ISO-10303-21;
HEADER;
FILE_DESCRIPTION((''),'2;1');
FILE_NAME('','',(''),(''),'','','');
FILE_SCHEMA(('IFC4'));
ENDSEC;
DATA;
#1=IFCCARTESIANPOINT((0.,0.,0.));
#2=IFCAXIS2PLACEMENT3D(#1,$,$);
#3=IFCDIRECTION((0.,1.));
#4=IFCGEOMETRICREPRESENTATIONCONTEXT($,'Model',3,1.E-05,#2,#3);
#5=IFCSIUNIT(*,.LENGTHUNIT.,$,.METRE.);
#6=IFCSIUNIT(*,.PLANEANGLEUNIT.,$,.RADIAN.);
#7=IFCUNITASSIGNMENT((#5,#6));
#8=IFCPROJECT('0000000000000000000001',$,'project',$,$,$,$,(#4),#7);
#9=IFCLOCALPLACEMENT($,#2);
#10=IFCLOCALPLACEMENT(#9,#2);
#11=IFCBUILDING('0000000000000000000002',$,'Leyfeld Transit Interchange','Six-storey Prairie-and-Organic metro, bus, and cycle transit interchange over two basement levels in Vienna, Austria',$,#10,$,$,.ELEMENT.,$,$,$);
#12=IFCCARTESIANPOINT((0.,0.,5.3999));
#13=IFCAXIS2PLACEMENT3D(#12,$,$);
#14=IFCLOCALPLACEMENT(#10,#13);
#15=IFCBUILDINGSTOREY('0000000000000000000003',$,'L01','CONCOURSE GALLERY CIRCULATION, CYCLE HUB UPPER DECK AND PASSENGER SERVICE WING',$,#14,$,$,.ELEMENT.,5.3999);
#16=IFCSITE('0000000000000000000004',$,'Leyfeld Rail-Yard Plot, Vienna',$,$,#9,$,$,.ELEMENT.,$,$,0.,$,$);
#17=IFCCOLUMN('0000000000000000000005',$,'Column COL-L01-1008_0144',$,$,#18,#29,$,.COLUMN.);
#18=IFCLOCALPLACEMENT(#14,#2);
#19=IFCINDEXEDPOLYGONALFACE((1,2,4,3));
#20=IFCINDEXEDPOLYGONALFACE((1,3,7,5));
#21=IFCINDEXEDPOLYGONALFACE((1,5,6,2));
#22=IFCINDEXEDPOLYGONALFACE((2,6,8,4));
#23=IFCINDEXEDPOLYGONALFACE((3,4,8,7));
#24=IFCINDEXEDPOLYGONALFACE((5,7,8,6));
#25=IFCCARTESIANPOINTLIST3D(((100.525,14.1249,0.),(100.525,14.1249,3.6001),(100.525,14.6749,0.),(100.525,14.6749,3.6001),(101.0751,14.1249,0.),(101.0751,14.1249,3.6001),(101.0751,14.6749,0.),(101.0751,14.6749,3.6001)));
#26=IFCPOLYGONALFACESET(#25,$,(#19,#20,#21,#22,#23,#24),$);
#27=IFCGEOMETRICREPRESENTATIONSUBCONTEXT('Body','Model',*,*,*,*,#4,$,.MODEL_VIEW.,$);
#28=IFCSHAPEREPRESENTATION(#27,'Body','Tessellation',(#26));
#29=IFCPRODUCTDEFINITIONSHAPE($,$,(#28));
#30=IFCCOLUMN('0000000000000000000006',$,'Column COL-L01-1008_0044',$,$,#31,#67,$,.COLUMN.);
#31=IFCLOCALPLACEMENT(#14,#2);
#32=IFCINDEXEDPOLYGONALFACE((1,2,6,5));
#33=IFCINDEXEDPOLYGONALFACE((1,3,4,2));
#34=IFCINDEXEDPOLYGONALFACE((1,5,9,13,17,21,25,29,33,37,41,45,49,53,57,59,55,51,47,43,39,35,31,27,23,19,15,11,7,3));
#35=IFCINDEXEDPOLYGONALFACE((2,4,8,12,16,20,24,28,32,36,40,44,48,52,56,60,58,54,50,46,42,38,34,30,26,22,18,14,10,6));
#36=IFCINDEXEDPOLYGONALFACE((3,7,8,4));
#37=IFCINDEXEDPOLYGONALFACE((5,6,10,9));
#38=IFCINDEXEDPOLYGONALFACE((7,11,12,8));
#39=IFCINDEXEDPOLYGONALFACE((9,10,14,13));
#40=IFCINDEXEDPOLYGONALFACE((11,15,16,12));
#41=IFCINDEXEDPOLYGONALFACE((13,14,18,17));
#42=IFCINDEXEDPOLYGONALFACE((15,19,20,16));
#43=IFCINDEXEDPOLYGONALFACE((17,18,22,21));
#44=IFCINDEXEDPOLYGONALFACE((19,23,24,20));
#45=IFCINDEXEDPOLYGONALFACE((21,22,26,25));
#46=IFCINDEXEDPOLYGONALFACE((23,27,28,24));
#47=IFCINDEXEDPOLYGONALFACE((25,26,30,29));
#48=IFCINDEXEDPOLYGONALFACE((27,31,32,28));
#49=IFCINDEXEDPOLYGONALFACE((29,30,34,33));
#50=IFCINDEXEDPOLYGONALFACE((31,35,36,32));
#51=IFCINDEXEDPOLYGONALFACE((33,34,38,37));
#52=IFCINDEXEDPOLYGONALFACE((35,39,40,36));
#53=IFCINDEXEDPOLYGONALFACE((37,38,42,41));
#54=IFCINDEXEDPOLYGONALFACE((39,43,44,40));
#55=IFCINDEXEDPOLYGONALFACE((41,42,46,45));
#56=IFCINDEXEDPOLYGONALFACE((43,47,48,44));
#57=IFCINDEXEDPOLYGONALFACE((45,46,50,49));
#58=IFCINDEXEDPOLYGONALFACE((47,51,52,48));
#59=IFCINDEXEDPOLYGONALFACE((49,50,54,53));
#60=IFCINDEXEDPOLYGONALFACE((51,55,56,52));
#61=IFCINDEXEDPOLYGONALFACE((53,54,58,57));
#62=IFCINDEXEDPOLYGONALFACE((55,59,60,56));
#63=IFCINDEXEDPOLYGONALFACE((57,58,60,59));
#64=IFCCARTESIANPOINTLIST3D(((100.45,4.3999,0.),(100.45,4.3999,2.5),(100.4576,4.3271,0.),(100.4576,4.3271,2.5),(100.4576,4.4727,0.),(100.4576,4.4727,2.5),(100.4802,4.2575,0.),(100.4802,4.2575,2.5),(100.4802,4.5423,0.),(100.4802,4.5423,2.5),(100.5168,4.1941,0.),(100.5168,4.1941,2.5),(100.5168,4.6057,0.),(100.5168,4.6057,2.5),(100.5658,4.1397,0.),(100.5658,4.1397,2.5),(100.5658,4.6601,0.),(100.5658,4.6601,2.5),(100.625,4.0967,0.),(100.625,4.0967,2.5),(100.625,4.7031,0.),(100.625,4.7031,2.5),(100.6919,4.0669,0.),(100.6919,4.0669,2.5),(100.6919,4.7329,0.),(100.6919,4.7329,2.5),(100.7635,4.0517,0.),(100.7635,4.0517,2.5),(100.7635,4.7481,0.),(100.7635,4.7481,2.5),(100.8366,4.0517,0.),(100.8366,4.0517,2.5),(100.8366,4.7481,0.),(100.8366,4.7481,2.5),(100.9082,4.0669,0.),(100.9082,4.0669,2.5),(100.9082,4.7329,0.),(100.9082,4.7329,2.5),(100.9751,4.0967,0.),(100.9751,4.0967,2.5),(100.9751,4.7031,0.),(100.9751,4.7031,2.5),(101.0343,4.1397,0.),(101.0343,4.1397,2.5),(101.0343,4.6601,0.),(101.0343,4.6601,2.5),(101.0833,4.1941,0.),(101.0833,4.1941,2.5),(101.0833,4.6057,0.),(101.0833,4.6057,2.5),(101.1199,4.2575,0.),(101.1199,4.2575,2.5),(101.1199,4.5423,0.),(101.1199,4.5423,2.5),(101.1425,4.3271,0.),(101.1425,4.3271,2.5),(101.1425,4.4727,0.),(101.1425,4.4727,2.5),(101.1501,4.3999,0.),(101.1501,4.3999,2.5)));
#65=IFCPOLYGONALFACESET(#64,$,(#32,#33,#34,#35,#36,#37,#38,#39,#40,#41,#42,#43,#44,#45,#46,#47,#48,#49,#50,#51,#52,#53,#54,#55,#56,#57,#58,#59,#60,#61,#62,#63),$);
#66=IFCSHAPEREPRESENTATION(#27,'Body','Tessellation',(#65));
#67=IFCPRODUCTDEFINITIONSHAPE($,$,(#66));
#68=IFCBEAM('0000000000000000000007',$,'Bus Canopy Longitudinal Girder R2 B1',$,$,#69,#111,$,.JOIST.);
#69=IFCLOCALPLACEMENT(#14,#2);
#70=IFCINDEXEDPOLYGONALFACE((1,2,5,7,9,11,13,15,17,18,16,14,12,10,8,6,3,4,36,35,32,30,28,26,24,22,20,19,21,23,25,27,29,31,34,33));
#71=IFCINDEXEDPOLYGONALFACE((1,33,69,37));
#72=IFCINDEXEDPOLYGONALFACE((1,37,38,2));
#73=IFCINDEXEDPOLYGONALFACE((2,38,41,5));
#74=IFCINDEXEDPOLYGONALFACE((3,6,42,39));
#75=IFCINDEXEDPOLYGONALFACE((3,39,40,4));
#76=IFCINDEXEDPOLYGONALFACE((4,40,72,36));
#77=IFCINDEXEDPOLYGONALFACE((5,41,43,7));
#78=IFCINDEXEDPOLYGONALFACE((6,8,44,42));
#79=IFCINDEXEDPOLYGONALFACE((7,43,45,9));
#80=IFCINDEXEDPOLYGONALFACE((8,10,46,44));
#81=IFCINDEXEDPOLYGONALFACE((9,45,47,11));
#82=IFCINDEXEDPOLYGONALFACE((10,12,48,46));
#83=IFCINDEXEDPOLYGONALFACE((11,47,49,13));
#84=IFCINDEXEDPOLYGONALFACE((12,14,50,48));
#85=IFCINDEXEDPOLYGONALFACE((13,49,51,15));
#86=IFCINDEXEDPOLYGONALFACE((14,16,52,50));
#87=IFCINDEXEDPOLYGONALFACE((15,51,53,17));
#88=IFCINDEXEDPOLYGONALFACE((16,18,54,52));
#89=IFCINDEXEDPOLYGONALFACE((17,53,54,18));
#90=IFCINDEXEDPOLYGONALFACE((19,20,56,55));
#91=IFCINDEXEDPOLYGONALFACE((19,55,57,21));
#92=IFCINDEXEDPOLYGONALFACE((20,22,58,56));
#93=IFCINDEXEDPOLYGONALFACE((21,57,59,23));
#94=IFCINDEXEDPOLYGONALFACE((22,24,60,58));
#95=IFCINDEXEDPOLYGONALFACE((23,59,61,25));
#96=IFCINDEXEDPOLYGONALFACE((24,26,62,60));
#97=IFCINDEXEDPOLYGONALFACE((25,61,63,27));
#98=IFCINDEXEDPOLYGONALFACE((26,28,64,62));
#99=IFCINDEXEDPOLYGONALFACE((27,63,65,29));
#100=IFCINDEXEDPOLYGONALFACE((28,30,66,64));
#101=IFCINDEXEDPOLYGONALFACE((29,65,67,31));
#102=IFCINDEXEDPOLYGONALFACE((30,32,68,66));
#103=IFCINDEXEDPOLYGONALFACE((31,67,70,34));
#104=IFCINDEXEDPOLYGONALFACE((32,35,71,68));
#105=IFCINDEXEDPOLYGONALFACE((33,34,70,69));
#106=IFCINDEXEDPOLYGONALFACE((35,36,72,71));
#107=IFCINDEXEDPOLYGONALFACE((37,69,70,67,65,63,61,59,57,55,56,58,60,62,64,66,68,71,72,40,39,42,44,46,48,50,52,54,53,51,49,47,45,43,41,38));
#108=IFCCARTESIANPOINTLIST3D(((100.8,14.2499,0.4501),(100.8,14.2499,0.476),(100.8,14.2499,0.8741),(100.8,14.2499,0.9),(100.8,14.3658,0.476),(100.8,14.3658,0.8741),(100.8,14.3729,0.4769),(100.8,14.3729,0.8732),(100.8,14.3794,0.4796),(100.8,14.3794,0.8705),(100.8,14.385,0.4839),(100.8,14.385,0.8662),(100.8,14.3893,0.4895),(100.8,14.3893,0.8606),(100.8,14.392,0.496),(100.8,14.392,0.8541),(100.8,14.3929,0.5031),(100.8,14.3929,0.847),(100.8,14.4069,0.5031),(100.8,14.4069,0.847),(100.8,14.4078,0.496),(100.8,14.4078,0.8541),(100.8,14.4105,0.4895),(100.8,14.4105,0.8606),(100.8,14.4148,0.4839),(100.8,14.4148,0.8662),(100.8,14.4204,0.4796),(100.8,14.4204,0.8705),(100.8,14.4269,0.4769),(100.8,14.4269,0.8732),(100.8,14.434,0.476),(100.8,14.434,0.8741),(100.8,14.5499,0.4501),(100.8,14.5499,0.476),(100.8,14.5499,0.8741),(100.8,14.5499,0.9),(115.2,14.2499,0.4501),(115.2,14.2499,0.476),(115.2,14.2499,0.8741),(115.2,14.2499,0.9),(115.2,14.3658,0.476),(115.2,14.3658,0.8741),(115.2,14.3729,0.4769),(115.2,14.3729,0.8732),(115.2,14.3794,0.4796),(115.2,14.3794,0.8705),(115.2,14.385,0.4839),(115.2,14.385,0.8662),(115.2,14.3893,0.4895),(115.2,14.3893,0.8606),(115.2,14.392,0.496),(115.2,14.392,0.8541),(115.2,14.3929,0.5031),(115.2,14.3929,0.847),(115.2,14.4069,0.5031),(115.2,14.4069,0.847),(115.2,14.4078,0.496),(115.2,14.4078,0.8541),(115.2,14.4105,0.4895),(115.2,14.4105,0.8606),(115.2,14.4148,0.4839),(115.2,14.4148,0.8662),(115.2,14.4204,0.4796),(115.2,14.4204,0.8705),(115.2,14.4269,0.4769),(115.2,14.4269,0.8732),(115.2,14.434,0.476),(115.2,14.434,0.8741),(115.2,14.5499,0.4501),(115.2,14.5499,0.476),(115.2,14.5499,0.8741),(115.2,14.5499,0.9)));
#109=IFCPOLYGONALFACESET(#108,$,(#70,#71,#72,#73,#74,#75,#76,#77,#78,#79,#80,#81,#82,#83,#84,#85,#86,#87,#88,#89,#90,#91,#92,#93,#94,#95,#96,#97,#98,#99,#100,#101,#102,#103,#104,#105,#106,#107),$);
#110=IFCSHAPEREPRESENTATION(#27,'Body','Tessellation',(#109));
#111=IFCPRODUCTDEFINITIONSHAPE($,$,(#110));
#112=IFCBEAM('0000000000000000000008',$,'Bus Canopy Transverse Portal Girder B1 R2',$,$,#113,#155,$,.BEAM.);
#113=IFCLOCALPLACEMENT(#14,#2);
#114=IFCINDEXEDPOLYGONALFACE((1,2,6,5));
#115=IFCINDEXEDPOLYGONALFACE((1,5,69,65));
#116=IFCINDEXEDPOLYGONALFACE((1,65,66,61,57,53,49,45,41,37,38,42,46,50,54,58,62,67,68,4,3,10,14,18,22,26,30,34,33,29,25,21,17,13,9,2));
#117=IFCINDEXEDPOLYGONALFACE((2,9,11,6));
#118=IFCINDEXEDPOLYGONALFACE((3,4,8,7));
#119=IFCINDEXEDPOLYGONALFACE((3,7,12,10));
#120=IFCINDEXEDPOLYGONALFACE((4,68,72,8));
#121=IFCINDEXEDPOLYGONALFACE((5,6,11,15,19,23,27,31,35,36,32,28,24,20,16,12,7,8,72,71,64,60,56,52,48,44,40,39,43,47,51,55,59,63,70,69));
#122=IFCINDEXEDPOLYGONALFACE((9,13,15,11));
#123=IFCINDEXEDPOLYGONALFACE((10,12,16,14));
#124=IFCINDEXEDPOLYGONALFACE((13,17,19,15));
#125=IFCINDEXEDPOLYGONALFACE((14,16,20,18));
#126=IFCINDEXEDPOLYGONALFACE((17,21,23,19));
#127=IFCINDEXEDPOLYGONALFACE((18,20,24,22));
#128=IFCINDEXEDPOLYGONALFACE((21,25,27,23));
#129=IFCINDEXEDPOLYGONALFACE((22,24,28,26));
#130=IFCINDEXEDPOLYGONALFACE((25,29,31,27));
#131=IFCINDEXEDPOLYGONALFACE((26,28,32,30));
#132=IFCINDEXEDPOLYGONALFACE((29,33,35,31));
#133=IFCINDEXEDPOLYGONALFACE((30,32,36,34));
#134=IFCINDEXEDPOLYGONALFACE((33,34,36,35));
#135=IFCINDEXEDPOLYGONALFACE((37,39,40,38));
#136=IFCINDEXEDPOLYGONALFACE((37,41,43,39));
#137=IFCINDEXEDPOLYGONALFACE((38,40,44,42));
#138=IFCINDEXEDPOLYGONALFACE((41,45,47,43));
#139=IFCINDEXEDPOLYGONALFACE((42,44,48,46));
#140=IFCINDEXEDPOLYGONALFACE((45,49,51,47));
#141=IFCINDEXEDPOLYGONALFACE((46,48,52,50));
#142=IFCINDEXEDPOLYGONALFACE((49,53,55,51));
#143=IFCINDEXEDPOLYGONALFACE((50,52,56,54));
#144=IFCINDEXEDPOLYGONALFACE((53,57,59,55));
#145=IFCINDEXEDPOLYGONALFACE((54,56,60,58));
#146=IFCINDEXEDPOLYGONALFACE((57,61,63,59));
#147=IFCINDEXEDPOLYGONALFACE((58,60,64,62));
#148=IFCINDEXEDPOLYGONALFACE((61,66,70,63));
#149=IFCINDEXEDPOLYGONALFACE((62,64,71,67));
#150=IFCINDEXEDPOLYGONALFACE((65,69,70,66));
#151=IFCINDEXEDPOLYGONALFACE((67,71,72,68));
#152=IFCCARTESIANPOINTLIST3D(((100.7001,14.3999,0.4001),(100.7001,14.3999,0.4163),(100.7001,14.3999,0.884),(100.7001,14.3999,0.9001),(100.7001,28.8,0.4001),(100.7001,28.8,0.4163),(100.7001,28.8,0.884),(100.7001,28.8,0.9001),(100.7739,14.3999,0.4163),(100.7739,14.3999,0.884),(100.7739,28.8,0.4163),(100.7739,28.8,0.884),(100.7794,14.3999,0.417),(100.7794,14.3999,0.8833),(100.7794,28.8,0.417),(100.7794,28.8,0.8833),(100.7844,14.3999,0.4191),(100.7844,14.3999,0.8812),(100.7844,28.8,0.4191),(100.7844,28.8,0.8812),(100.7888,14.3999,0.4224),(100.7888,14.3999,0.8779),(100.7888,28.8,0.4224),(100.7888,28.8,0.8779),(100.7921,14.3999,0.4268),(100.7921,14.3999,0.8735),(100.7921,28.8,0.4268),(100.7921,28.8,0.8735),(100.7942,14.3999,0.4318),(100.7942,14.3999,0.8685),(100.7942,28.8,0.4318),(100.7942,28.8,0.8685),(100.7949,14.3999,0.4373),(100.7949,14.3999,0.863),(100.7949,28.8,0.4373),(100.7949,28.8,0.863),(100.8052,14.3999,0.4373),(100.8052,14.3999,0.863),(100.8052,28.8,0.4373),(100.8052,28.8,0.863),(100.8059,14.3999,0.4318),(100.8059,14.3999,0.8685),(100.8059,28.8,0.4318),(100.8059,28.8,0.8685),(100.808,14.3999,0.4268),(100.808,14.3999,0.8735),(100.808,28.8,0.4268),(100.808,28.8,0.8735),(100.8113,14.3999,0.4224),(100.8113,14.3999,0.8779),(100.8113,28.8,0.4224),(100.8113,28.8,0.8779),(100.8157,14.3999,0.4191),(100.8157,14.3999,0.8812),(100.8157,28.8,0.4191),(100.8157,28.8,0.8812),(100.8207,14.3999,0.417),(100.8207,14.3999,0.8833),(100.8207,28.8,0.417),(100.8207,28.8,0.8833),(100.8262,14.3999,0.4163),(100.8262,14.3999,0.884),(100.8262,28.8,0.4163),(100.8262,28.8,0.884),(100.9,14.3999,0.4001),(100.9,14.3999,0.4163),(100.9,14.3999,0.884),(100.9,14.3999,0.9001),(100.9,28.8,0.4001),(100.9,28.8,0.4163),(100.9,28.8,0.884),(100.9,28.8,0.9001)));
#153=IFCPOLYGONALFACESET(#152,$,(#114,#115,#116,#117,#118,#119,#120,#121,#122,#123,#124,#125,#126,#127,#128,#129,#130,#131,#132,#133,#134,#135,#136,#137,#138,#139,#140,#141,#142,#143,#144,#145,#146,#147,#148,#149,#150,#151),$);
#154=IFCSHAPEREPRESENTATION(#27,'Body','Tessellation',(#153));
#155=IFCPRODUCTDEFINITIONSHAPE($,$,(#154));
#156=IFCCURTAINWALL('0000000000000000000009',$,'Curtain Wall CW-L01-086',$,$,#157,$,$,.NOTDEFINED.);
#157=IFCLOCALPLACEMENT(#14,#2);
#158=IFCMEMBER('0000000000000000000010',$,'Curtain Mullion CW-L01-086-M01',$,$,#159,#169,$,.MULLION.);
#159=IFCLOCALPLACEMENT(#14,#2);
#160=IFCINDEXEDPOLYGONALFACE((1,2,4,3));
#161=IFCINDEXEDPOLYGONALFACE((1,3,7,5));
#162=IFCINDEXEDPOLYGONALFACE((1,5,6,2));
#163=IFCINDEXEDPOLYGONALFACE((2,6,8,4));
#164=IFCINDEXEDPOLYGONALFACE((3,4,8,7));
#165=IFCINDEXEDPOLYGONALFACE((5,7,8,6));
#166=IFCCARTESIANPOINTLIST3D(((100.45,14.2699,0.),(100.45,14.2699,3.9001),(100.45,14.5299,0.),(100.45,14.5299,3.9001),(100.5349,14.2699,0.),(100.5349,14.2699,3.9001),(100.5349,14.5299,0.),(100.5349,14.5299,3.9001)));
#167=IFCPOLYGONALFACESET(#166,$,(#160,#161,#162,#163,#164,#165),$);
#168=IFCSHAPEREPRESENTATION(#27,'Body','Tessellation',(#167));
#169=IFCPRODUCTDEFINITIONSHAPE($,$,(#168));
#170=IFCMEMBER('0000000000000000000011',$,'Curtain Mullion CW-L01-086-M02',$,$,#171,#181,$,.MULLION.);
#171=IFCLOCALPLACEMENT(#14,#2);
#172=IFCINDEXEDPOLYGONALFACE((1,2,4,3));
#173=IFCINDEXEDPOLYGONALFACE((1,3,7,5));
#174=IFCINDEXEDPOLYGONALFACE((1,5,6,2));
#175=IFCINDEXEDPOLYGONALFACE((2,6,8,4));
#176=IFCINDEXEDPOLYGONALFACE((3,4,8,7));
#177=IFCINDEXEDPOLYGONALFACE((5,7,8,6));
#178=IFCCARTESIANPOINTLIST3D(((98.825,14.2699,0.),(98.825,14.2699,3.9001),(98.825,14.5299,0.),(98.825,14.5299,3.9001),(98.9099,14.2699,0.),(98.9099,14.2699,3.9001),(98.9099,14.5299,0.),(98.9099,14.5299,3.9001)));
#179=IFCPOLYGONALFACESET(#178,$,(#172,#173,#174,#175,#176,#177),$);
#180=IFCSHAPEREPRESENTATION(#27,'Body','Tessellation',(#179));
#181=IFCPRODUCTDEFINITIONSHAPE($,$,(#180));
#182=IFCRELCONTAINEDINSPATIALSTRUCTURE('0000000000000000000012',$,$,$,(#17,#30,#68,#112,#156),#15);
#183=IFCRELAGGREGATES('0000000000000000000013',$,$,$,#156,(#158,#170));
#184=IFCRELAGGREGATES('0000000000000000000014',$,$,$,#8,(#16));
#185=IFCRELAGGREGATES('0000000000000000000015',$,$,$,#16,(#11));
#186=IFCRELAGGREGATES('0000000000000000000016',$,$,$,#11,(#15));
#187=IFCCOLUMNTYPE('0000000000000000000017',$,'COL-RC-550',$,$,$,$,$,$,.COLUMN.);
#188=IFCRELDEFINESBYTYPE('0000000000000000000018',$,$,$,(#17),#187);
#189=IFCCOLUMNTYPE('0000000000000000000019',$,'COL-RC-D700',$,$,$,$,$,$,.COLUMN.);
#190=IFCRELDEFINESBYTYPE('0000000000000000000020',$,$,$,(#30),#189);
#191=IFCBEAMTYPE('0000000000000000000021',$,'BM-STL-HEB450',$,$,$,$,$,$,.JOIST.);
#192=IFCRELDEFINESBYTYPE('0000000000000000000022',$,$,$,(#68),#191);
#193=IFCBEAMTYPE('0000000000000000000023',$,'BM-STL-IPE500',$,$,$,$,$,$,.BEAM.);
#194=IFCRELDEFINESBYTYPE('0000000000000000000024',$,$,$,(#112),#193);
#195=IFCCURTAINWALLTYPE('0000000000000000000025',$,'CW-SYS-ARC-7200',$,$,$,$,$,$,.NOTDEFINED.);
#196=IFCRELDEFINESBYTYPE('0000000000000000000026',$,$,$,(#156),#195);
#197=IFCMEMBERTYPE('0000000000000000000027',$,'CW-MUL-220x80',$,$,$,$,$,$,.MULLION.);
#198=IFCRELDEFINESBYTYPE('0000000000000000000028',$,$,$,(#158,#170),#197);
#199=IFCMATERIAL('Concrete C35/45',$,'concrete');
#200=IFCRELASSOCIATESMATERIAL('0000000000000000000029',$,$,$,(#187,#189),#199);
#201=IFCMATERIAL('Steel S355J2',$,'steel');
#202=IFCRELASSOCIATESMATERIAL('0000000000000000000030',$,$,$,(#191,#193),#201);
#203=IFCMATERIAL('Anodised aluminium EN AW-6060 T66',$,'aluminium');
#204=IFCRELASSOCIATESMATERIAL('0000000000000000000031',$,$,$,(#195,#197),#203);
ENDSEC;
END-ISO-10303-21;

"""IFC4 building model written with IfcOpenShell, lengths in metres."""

from ifc_helpers import new_model, si_unit, direction, frame, origin, origin_2d, place, context, subcontext, project, spatial, rectangle, circle, i_section, extrude, material, material_profile, profile_set, type_object, element, aggregate, save


model = new_model("IFC4")

# Units and contexts
model_context = context("Model", 3, precision=1e-05, world=origin(), true_north=direction((0.0, 1.0)))
body_context = subcontext(model_context, "Body", "Model", "MODEL_VIEW")
ifc_project = project(units=[si_unit("LENGTHUNIT", "METRE"), si_unit("PLANEANGLEUNIT", "RADIAN")], contexts=[model_context])

# Site, building, storey
site_placement = place(None, origin())
site = spatial("IfcSite", under=ifc_project, at=site_placement, Name="Leyfeld Rail-Yard Plot, Vienna", CompositionType="ELEMENT", RefElevation=0.0)
building_placement = place(site_placement, origin())
building = spatial("IfcBuilding", under=site, at=building_placement, Name="Leyfeld Transit Interchange", Description="Six-storey Prairie-and-Organic metro, bus, and cycle transit interchange over two basement levels in Vienna, Austria", CompositionType="ELEMENT")
storey_placement = place(building_placement, frame((0.0, 0.0, 5.3999)))
storey = spatial("IfcBuildingStorey", under=building, at=storey_placement, Name="L01", Description="CONCOURSE GALLERY CIRCULATION, CYCLE HUB UPPER DECK AND PASSENGER SERVICE WING", CompositionType="ELEMENT", Elevation=5.3999)

# Columns
ifc_material_1 = material(Name="Concrete C35/45", Category="concrete")
ifc_material_profile_1 = material_profile(ifc_material_1, rectangle(XDim=0.55, YDim=0.55, at=origin_2d()), Name="RC 550x550")
ifc_profile_set_1 = profile_set([ifc_material_profile_1], Name="Concrete C35/45")
column_type_1 = type_object("IfcColumnType", Name="COL-RC-550", PredefinedType="COLUMN", material=ifc_profile_set_1)
column_1_placement = place(storey_placement, frame((100.8, 14.3999, 0.0), z_axis=(0.0, 0.0, 1.0), x_axis=(1.0, 0.0, 0.0)))
element("IfcColumn", 1, at=column_1_placement, inside=storey, type_object=column_type_1, Name="Column COL-L01-1008_0144", PredefinedType="COLUMN", context=body_context, shape_type="SweptSolid", body=[
    extrude(rectangle(XDim=0.55, YDim=0.55, at=origin_2d()), origin(), (0.0, 0.0, 1.0), 3.6001),
])
ifc_material_profile_2 = material_profile(ifc_material_1, circle(Radius=0.3501, at=origin_2d()), Name="RC D700")
ifc_profile_set_2 = profile_set([ifc_material_profile_2], Name="Concrete C35/45")
column_type_2 = type_object("IfcColumnType", Name="COL-RC-D700", PredefinedType="COLUMN", material=ifc_profile_set_2)
column_2_placement = place(storey_placement, frame((100.8, 4.3999, 0.0), z_axis=(0.0, 0.0, 1.0), x_axis=(1.0, 0.0, 0.0)))
element("IfcColumn", 2, at=column_2_placement, inside=storey, type_object=column_type_2, Name="Column COL-L01-1008_0044", PredefinedType="COLUMN", context=body_context, shape_type="SweptSolid", body=[
    extrude(circle(Radius=0.3501, at=origin_2d()), origin(), (0.0, 0.0, 1.0), 2.5),
])

# Beams
ifc_material_2 = material(Name="Steel S355J2", Category="steel")
ifc_material_profile_3 = material_profile(ifc_material_2, i_section(OverallWidth=0.3, OverallDepth=0.45, WebThickness=0.0139, FlangeThickness=0.0259, FilletRadius=0.0271, at=origin_2d()), Name="HEB 450")
ifc_profile_set_3 = profile_set([ifc_material_profile_3], Name="Steel S355J2")
beam_type_1 = type_object("IfcBeamType", Name="BM-STL-HEB450", PredefinedType="JOIST", material=ifc_profile_set_3)
beam_1_placement = place(storey_placement, frame((100.8, 14.3999, 0.675), z_axis=(1.0, 0.0, 0.0), x_axis=(0.0, 1.0, 0.0)))
element("IfcBeam", 3, at=beam_1_placement, inside=storey, type_object=beam_type_1, Name="Bus Canopy Longitudinal Girder R2 B1", PredefinedType="JOIST", context=body_context, shape_type="SweptSolid", body=[
    extrude(i_section(OverallWidth=0.3, OverallDepth=0.45, WebThickness=0.0139, FlangeThickness=0.0259, FilletRadius=0.0271, at=origin_2d()), origin(), (0.0, 0.0, 1.0), 14.3999),
])
ifc_material_profile_4 = material_profile(ifc_material_2, i_section(OverallWidth=0.2, OverallDepth=0.5, WebThickness=0.0103, FlangeThickness=0.0161, FilletRadius=0.021, at=origin_2d()), Name="IPE 500")
ifc_profile_set_4 = profile_set([ifc_material_profile_4], Name="Steel S355J2")
beam_type_2 = type_object("IfcBeamType", Name="BM-STL-IPE500", PredefinedType="BEAM", material=ifc_profile_set_4)
beam_2_placement = place(storey_placement, frame((100.8, 14.3999, 0.6501), z_axis=(0.0, 1.0, 0.0), x_axis=(-1.0, 0.0, 0.0)))
element("IfcBeam", 4, at=beam_2_placement, inside=storey, type_object=beam_type_2, Name="Bus Canopy Transverse Portal Girder B1 R2", PredefinedType="BEAM", context=body_context, shape_type="SweptSolid", body=[
    extrude(i_section(OverallWidth=0.2, OverallDepth=0.5, WebThickness=0.0103, FlangeThickness=0.0161, FilletRadius=0.021, at=origin_2d()), origin(), (0.0, 0.0, 1.0), 14.4001),
])

# Curtain wall, members
ifc_material_3 = material(Name="Anodised aluminium EN AW-6060 T66", Category="aluminium")
curtain_wall_type = type_object("IfcCurtainWallType", Name="CW-SYS-ARC-7200", PredefinedType="NOTDEFINED", material=ifc_material_3)
curtain_wall_placement = place(storey_placement, origin())
curtain_wall = element("IfcCurtainWall", 5, at=curtain_wall_placement, inside=storey, type_object=curtain_wall_type, Name="Curtain Wall CW-L01-086", PredefinedType="NOTDEFINED")
ifc_material_profile_5 = material_profile(ifc_material_3, rectangle(XDim=0.085, YDim=0.26, at=origin_2d()), Name="CW-M 85x260")
ifc_profile_set_5 = profile_set([ifc_material_profile_5], Name="Anodised aluminium EN AW-6060 T66")
member_type_1 = type_object("IfcMemberType", Name="CW-MUL-220x80", PredefinedType="MULLION", material=ifc_profile_set_5)
member_1_placement = place(storey_placement, frame((100.4924, 14.3999, 0.0), z_axis=(0.0, 0.0, 1.0), x_axis=(-1.0, 0.0, 0.0)))
member_1 = element("IfcMember", 6, at=member_1_placement, type_object=member_type_1, Name="Curtain Mullion CW-L01-086-M01", PredefinedType="MULLION", context=body_context, shape_type="SweptSolid", body=[
    extrude(rectangle(XDim=0.085, YDim=0.26, at=origin_2d()), origin(), (0.0, 0.0, 1.0), 3.9001),
])
member_2_placement = place(storey_placement, frame((98.8674, 14.3999, 0.0), z_axis=(0.0, 0.0, 1.0), x_axis=(-1.0, 0.0, 0.0)))
member_2 = element("IfcMember", 7, at=member_2_placement, type_object=member_type_1, Name="Curtain Mullion CW-L01-086-M02", PredefinedType="MULLION", context=body_context, shape_type="SweptSolid", body=[
    extrude(rectangle(XDim=0.085, YDim=0.26, at=origin_2d()), origin(), (0.0, 0.0, 1.0), 3.9001),
])

aggregate(curtain_wall, [member_1, member_2])

save(model, "model.ifc")
